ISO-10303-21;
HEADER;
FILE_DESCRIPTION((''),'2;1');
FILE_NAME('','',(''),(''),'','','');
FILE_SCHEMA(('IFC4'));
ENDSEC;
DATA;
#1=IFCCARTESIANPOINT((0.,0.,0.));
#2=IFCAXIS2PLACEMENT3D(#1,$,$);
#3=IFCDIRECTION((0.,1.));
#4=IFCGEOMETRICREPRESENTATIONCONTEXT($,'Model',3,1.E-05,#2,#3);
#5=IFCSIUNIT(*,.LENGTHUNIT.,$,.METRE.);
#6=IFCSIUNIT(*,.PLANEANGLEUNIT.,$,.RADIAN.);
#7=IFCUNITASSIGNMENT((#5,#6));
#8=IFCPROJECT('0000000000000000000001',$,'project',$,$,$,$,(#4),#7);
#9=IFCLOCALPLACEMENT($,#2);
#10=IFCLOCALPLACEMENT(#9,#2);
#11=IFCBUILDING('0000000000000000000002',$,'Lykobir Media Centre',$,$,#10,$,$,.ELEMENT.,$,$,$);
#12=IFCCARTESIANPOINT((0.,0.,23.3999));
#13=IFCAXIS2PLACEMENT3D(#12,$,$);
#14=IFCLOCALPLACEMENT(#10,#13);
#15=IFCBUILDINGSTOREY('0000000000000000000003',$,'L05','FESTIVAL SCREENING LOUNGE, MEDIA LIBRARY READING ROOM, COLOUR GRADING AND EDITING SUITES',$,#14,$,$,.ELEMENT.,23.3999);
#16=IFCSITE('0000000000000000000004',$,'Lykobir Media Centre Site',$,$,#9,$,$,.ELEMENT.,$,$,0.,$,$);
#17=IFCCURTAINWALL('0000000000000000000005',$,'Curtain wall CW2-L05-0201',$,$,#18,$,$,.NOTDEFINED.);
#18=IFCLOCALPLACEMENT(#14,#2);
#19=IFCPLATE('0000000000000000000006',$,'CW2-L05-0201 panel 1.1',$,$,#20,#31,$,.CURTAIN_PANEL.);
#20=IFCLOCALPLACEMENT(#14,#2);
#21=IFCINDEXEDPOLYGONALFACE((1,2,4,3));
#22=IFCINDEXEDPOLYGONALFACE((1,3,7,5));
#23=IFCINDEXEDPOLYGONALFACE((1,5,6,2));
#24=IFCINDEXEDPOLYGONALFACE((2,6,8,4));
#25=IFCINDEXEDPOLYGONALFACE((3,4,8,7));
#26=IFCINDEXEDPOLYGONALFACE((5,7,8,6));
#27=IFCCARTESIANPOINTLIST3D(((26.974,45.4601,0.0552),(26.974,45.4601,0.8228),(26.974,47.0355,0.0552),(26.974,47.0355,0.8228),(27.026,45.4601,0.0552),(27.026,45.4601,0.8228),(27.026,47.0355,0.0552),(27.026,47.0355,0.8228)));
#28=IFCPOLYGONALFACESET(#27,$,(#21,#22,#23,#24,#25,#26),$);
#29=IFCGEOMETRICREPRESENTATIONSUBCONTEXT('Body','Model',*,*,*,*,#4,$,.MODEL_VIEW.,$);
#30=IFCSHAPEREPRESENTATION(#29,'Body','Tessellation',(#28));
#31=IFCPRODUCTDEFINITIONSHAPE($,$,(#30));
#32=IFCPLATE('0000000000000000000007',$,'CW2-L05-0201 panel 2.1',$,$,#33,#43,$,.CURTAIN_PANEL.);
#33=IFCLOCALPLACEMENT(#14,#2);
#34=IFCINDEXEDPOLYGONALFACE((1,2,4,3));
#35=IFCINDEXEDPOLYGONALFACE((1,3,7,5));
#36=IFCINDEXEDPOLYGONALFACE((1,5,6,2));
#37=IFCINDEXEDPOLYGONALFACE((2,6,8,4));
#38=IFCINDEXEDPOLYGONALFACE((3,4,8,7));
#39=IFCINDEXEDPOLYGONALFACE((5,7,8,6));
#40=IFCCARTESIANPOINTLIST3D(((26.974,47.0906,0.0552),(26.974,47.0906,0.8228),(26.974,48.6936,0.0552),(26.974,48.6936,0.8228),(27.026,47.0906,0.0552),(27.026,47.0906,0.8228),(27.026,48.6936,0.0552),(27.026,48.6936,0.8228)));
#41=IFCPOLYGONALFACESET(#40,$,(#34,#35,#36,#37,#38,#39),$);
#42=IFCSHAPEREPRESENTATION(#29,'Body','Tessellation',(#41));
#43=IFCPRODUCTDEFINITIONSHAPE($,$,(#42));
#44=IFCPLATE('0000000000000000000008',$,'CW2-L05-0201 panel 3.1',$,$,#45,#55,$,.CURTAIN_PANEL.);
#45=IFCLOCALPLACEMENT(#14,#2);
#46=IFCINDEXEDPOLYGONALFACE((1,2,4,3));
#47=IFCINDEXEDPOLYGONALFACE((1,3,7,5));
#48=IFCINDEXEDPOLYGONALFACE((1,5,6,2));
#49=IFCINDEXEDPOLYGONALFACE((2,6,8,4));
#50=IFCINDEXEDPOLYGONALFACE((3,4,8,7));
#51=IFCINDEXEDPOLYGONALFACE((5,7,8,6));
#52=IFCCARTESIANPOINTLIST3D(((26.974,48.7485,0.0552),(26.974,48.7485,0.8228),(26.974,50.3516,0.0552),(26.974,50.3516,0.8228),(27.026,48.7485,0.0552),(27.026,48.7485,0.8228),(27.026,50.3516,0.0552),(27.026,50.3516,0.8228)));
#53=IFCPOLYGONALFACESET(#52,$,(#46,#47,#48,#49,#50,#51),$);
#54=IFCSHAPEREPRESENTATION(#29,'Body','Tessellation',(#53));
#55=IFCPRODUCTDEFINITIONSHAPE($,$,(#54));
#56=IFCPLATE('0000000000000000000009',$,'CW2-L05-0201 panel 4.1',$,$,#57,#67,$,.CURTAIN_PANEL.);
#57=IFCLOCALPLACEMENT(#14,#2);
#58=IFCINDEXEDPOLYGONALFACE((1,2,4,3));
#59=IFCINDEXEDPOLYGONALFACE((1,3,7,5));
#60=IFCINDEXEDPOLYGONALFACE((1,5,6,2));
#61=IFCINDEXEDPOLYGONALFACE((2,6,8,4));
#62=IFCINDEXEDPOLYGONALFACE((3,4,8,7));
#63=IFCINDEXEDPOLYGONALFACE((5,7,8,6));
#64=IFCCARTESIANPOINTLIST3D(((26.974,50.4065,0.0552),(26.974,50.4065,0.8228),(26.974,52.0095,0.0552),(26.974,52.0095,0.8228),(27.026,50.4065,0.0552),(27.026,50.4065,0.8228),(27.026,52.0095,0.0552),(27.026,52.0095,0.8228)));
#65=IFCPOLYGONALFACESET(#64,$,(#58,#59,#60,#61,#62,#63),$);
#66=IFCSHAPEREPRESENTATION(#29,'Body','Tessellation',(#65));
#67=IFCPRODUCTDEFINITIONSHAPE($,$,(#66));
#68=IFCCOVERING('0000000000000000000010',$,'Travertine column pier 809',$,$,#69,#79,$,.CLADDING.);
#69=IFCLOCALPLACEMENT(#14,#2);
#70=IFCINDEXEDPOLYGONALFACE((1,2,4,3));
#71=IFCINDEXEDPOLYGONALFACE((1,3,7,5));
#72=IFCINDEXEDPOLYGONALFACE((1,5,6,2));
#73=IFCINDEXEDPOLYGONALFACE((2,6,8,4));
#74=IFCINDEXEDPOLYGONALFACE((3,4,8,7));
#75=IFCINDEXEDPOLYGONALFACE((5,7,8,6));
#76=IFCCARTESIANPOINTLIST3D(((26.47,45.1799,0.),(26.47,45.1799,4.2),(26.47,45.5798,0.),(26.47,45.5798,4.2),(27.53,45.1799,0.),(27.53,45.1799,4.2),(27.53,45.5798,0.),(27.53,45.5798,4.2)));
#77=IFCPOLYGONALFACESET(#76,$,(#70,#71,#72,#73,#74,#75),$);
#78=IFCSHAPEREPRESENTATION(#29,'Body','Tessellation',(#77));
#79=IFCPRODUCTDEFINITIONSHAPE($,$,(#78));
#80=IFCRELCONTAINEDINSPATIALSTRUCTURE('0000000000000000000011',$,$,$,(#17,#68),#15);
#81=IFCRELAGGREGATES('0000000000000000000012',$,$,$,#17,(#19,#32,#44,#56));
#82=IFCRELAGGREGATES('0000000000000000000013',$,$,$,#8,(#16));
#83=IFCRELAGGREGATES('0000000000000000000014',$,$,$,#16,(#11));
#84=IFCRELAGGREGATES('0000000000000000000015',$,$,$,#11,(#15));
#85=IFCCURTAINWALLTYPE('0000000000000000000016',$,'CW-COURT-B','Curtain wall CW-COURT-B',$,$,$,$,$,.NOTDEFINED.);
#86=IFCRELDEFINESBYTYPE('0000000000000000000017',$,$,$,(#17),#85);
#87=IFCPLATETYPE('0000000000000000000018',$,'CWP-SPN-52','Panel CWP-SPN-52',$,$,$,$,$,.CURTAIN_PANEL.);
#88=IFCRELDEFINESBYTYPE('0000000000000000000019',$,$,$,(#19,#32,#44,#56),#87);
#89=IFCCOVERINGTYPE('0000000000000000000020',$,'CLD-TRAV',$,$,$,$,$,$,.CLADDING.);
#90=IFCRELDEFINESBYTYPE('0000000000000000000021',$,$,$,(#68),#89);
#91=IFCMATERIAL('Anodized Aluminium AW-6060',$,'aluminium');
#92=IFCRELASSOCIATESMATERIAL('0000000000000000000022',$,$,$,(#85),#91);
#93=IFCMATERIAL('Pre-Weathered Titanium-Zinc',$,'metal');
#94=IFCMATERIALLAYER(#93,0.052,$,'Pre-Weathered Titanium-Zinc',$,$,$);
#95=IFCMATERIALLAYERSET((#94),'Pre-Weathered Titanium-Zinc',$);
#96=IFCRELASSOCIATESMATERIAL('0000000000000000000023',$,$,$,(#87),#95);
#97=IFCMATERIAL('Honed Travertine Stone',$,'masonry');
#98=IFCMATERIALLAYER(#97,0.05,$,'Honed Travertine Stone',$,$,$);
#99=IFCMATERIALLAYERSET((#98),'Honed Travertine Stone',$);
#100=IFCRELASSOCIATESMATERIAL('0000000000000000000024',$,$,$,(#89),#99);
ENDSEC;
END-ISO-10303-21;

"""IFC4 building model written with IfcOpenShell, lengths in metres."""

from ifc_helpers import new_model, si_unit, direction, frame, origin, origin_2d, place, context, subcontext, project, spatial, rectangle, extrude, material, layer, layer_set, type_object, element, aggregate, save


model = new_model("IFC4")

# Units and contexts
model_context = context("Model", 3, precision=1e-05, world=origin(), true_north=direction((0.0, 1.0)))
body_context = subcontext(model_context, "Body", "Model", "MODEL_VIEW")
ifc_project = project(units=[si_unit("LENGTHUNIT", "METRE"), si_unit("PLANEANGLEUNIT", "RADIAN")], contexts=[model_context])

# Site, building, storey
site_placement = place(None, origin())
site = spatial("IfcSite", under=ifc_project, at=site_placement, Name="Lykobir Media Centre Site", CompositionType="ELEMENT", RefElevation=0.0)
building_placement = place(site_placement, origin())
building = spatial("IfcBuilding", under=site, at=building_placement, Name="Lykobir Media Centre", CompositionType="ELEMENT")
storey_placement = place(building_placement, frame((0.0, 0.0, 23.3999)))
storey = spatial("IfcBuildingStorey", under=building, at=storey_placement, Name="L05", Description="FESTIVAL SCREENING LOUNGE, MEDIA LIBRARY READING ROOM, COLOUR GRADING AND EDITING SUITES", CompositionType="ELEMENT", Elevation=23.3999)

# Curtain wall
ifc_material_1 = material(Name="Anodized Aluminium AW-6060", Category="aluminium")
curtain_wall_type = type_object("IfcCurtainWallType", Name="CW-COURT-B", Description="Curtain wall CW-COURT-B", PredefinedType="NOTDEFINED", material=ifc_material_1)
curtain_wall_placement = place(storey_placement, origin())
curtain_wall = element("IfcCurtainWall", 1, at=curtain_wall_placement, inside=storey, type_object=curtain_wall_type, Name="Curtain wall CW2-L05-0201", PredefinedType="NOTDEFINED")

# Plates
ifc_material_2 = material(Name="Pre-Weathered Titanium-Zinc", Category="metal")
ifc_layer_1 = layer(ifc_material_2, 0.052, Name="Pre-Weathered Titanium-Zinc")
ifc_layer_set_1 = layer_set([ifc_layer_1], Name="Pre-Weathered Titanium-Zinc")
plate_type_1 = type_object("IfcPlateType", Name="CWP-SPN-52", Description="Panel CWP-SPN-52", PredefinedType="CURTAIN_PANEL", material=ifc_layer_set_1)
plate_1_placement = place(storey_placement, frame((27.0, 46.2478, 0.0552), z_axis=(0.0, 0.0, 1.0), x_axis=(0.0, 1.0, 0.0)))
plate_1 = element("IfcPlate", 2, at=plate_1_placement, type_object=plate_type_1, Name="CW2-L05-0201 panel 1.1", PredefinedType="CURTAIN_PANEL", context=body_context, shape_type="SweptSolid", body=[
    extrude(rectangle(XDim=1.5754, YDim=0.052, at=origin_2d()), origin(), (0.0, 0.0, 1.0), 0.7676),
])
plate_2_placement = place(storey_placement, frame((27.0, 47.8921, 0.0552), z_axis=(0.0, 0.0, 1.0), x_axis=(0.0, 1.0, 0.0)))
plate_2 = element("IfcPlate", 3, at=plate_2_placement, type_object=plate_type_1, Name="CW2-L05-0201 panel 2.1", PredefinedType="CURTAIN_PANEL", context=body_context, shape_type="SweptSolid", body=[
    extrude(rectangle(XDim=1.603, YDim=0.052, at=origin_2d()), origin(), (0.0, 0.0, 1.0), 0.7676),
])
plate_3_placement = place(storey_placement, frame((27.0, 49.55, 0.0552), z_axis=(0.0, 0.0, 1.0), x_axis=(0.0, 1.0, 0.0)))
plate_3 = element("IfcPlate", 4, at=plate_3_placement, type_object=plate_type_1, Name="CW2-L05-0201 panel 3.1", PredefinedType="CURTAIN_PANEL", context=body_context, shape_type="SweptSolid", body=[
    extrude(rectangle(XDim=1.603, YDim=0.052, at=origin_2d()), origin(), (0.0, 0.0, 1.0), 0.7676),
])
plate_4_placement = place(storey_placement, frame((27.0, 51.208, 0.0552), z_axis=(0.0, 0.0, 1.0), x_axis=(0.0, 1.0, 0.0)))
plate_4 = element("IfcPlate", 5, at=plate_4_placement, type_object=plate_type_1, Name="CW2-L05-0201 panel 4.1", PredefinedType="CURTAIN_PANEL", context=body_context, shape_type="SweptSolid", body=[
    extrude(rectangle(XDim=1.603, YDim=0.052, at=origin_2d()), origin(), (0.0, 0.0, 1.0), 0.7676),
])
aggregate(curtain_wall, [plate_1, plate_2, plate_3, plate_4])

# Covering
ifc_material_3 = material(Name="Honed Travertine Stone", Category="masonry")
ifc_layer_2 = layer(ifc_material_3, 0.05, Name="Honed Travertine Stone")
ifc_layer_set_2 = layer_set([ifc_layer_2], Name="Honed Travertine Stone")
covering_type = type_object("IfcCoveringType", Name="CLD-TRAV", PredefinedType="CLADDING", material=ifc_layer_set_2)
covering_placement = place(storey_placement, frame((27.0, 45.3799, 0.0), z_axis=(0.0, 0.0, 1.0), x_axis=(-1.0, 0.0, 0.0)))
element("IfcCovering", 6, at=covering_placement, inside=storey, type_object=covering_type, Name="Travertine column pier 809", PredefinedType="CLADDING", context=body_context, shape_type="SweptSolid", body=[
    extrude(rectangle(XDim=1.0601, YDim=0.3999, at=origin_2d()), origin(), (0.0, 0.0, 1.0), 4.2),
])

save(model, "model.ifc")
